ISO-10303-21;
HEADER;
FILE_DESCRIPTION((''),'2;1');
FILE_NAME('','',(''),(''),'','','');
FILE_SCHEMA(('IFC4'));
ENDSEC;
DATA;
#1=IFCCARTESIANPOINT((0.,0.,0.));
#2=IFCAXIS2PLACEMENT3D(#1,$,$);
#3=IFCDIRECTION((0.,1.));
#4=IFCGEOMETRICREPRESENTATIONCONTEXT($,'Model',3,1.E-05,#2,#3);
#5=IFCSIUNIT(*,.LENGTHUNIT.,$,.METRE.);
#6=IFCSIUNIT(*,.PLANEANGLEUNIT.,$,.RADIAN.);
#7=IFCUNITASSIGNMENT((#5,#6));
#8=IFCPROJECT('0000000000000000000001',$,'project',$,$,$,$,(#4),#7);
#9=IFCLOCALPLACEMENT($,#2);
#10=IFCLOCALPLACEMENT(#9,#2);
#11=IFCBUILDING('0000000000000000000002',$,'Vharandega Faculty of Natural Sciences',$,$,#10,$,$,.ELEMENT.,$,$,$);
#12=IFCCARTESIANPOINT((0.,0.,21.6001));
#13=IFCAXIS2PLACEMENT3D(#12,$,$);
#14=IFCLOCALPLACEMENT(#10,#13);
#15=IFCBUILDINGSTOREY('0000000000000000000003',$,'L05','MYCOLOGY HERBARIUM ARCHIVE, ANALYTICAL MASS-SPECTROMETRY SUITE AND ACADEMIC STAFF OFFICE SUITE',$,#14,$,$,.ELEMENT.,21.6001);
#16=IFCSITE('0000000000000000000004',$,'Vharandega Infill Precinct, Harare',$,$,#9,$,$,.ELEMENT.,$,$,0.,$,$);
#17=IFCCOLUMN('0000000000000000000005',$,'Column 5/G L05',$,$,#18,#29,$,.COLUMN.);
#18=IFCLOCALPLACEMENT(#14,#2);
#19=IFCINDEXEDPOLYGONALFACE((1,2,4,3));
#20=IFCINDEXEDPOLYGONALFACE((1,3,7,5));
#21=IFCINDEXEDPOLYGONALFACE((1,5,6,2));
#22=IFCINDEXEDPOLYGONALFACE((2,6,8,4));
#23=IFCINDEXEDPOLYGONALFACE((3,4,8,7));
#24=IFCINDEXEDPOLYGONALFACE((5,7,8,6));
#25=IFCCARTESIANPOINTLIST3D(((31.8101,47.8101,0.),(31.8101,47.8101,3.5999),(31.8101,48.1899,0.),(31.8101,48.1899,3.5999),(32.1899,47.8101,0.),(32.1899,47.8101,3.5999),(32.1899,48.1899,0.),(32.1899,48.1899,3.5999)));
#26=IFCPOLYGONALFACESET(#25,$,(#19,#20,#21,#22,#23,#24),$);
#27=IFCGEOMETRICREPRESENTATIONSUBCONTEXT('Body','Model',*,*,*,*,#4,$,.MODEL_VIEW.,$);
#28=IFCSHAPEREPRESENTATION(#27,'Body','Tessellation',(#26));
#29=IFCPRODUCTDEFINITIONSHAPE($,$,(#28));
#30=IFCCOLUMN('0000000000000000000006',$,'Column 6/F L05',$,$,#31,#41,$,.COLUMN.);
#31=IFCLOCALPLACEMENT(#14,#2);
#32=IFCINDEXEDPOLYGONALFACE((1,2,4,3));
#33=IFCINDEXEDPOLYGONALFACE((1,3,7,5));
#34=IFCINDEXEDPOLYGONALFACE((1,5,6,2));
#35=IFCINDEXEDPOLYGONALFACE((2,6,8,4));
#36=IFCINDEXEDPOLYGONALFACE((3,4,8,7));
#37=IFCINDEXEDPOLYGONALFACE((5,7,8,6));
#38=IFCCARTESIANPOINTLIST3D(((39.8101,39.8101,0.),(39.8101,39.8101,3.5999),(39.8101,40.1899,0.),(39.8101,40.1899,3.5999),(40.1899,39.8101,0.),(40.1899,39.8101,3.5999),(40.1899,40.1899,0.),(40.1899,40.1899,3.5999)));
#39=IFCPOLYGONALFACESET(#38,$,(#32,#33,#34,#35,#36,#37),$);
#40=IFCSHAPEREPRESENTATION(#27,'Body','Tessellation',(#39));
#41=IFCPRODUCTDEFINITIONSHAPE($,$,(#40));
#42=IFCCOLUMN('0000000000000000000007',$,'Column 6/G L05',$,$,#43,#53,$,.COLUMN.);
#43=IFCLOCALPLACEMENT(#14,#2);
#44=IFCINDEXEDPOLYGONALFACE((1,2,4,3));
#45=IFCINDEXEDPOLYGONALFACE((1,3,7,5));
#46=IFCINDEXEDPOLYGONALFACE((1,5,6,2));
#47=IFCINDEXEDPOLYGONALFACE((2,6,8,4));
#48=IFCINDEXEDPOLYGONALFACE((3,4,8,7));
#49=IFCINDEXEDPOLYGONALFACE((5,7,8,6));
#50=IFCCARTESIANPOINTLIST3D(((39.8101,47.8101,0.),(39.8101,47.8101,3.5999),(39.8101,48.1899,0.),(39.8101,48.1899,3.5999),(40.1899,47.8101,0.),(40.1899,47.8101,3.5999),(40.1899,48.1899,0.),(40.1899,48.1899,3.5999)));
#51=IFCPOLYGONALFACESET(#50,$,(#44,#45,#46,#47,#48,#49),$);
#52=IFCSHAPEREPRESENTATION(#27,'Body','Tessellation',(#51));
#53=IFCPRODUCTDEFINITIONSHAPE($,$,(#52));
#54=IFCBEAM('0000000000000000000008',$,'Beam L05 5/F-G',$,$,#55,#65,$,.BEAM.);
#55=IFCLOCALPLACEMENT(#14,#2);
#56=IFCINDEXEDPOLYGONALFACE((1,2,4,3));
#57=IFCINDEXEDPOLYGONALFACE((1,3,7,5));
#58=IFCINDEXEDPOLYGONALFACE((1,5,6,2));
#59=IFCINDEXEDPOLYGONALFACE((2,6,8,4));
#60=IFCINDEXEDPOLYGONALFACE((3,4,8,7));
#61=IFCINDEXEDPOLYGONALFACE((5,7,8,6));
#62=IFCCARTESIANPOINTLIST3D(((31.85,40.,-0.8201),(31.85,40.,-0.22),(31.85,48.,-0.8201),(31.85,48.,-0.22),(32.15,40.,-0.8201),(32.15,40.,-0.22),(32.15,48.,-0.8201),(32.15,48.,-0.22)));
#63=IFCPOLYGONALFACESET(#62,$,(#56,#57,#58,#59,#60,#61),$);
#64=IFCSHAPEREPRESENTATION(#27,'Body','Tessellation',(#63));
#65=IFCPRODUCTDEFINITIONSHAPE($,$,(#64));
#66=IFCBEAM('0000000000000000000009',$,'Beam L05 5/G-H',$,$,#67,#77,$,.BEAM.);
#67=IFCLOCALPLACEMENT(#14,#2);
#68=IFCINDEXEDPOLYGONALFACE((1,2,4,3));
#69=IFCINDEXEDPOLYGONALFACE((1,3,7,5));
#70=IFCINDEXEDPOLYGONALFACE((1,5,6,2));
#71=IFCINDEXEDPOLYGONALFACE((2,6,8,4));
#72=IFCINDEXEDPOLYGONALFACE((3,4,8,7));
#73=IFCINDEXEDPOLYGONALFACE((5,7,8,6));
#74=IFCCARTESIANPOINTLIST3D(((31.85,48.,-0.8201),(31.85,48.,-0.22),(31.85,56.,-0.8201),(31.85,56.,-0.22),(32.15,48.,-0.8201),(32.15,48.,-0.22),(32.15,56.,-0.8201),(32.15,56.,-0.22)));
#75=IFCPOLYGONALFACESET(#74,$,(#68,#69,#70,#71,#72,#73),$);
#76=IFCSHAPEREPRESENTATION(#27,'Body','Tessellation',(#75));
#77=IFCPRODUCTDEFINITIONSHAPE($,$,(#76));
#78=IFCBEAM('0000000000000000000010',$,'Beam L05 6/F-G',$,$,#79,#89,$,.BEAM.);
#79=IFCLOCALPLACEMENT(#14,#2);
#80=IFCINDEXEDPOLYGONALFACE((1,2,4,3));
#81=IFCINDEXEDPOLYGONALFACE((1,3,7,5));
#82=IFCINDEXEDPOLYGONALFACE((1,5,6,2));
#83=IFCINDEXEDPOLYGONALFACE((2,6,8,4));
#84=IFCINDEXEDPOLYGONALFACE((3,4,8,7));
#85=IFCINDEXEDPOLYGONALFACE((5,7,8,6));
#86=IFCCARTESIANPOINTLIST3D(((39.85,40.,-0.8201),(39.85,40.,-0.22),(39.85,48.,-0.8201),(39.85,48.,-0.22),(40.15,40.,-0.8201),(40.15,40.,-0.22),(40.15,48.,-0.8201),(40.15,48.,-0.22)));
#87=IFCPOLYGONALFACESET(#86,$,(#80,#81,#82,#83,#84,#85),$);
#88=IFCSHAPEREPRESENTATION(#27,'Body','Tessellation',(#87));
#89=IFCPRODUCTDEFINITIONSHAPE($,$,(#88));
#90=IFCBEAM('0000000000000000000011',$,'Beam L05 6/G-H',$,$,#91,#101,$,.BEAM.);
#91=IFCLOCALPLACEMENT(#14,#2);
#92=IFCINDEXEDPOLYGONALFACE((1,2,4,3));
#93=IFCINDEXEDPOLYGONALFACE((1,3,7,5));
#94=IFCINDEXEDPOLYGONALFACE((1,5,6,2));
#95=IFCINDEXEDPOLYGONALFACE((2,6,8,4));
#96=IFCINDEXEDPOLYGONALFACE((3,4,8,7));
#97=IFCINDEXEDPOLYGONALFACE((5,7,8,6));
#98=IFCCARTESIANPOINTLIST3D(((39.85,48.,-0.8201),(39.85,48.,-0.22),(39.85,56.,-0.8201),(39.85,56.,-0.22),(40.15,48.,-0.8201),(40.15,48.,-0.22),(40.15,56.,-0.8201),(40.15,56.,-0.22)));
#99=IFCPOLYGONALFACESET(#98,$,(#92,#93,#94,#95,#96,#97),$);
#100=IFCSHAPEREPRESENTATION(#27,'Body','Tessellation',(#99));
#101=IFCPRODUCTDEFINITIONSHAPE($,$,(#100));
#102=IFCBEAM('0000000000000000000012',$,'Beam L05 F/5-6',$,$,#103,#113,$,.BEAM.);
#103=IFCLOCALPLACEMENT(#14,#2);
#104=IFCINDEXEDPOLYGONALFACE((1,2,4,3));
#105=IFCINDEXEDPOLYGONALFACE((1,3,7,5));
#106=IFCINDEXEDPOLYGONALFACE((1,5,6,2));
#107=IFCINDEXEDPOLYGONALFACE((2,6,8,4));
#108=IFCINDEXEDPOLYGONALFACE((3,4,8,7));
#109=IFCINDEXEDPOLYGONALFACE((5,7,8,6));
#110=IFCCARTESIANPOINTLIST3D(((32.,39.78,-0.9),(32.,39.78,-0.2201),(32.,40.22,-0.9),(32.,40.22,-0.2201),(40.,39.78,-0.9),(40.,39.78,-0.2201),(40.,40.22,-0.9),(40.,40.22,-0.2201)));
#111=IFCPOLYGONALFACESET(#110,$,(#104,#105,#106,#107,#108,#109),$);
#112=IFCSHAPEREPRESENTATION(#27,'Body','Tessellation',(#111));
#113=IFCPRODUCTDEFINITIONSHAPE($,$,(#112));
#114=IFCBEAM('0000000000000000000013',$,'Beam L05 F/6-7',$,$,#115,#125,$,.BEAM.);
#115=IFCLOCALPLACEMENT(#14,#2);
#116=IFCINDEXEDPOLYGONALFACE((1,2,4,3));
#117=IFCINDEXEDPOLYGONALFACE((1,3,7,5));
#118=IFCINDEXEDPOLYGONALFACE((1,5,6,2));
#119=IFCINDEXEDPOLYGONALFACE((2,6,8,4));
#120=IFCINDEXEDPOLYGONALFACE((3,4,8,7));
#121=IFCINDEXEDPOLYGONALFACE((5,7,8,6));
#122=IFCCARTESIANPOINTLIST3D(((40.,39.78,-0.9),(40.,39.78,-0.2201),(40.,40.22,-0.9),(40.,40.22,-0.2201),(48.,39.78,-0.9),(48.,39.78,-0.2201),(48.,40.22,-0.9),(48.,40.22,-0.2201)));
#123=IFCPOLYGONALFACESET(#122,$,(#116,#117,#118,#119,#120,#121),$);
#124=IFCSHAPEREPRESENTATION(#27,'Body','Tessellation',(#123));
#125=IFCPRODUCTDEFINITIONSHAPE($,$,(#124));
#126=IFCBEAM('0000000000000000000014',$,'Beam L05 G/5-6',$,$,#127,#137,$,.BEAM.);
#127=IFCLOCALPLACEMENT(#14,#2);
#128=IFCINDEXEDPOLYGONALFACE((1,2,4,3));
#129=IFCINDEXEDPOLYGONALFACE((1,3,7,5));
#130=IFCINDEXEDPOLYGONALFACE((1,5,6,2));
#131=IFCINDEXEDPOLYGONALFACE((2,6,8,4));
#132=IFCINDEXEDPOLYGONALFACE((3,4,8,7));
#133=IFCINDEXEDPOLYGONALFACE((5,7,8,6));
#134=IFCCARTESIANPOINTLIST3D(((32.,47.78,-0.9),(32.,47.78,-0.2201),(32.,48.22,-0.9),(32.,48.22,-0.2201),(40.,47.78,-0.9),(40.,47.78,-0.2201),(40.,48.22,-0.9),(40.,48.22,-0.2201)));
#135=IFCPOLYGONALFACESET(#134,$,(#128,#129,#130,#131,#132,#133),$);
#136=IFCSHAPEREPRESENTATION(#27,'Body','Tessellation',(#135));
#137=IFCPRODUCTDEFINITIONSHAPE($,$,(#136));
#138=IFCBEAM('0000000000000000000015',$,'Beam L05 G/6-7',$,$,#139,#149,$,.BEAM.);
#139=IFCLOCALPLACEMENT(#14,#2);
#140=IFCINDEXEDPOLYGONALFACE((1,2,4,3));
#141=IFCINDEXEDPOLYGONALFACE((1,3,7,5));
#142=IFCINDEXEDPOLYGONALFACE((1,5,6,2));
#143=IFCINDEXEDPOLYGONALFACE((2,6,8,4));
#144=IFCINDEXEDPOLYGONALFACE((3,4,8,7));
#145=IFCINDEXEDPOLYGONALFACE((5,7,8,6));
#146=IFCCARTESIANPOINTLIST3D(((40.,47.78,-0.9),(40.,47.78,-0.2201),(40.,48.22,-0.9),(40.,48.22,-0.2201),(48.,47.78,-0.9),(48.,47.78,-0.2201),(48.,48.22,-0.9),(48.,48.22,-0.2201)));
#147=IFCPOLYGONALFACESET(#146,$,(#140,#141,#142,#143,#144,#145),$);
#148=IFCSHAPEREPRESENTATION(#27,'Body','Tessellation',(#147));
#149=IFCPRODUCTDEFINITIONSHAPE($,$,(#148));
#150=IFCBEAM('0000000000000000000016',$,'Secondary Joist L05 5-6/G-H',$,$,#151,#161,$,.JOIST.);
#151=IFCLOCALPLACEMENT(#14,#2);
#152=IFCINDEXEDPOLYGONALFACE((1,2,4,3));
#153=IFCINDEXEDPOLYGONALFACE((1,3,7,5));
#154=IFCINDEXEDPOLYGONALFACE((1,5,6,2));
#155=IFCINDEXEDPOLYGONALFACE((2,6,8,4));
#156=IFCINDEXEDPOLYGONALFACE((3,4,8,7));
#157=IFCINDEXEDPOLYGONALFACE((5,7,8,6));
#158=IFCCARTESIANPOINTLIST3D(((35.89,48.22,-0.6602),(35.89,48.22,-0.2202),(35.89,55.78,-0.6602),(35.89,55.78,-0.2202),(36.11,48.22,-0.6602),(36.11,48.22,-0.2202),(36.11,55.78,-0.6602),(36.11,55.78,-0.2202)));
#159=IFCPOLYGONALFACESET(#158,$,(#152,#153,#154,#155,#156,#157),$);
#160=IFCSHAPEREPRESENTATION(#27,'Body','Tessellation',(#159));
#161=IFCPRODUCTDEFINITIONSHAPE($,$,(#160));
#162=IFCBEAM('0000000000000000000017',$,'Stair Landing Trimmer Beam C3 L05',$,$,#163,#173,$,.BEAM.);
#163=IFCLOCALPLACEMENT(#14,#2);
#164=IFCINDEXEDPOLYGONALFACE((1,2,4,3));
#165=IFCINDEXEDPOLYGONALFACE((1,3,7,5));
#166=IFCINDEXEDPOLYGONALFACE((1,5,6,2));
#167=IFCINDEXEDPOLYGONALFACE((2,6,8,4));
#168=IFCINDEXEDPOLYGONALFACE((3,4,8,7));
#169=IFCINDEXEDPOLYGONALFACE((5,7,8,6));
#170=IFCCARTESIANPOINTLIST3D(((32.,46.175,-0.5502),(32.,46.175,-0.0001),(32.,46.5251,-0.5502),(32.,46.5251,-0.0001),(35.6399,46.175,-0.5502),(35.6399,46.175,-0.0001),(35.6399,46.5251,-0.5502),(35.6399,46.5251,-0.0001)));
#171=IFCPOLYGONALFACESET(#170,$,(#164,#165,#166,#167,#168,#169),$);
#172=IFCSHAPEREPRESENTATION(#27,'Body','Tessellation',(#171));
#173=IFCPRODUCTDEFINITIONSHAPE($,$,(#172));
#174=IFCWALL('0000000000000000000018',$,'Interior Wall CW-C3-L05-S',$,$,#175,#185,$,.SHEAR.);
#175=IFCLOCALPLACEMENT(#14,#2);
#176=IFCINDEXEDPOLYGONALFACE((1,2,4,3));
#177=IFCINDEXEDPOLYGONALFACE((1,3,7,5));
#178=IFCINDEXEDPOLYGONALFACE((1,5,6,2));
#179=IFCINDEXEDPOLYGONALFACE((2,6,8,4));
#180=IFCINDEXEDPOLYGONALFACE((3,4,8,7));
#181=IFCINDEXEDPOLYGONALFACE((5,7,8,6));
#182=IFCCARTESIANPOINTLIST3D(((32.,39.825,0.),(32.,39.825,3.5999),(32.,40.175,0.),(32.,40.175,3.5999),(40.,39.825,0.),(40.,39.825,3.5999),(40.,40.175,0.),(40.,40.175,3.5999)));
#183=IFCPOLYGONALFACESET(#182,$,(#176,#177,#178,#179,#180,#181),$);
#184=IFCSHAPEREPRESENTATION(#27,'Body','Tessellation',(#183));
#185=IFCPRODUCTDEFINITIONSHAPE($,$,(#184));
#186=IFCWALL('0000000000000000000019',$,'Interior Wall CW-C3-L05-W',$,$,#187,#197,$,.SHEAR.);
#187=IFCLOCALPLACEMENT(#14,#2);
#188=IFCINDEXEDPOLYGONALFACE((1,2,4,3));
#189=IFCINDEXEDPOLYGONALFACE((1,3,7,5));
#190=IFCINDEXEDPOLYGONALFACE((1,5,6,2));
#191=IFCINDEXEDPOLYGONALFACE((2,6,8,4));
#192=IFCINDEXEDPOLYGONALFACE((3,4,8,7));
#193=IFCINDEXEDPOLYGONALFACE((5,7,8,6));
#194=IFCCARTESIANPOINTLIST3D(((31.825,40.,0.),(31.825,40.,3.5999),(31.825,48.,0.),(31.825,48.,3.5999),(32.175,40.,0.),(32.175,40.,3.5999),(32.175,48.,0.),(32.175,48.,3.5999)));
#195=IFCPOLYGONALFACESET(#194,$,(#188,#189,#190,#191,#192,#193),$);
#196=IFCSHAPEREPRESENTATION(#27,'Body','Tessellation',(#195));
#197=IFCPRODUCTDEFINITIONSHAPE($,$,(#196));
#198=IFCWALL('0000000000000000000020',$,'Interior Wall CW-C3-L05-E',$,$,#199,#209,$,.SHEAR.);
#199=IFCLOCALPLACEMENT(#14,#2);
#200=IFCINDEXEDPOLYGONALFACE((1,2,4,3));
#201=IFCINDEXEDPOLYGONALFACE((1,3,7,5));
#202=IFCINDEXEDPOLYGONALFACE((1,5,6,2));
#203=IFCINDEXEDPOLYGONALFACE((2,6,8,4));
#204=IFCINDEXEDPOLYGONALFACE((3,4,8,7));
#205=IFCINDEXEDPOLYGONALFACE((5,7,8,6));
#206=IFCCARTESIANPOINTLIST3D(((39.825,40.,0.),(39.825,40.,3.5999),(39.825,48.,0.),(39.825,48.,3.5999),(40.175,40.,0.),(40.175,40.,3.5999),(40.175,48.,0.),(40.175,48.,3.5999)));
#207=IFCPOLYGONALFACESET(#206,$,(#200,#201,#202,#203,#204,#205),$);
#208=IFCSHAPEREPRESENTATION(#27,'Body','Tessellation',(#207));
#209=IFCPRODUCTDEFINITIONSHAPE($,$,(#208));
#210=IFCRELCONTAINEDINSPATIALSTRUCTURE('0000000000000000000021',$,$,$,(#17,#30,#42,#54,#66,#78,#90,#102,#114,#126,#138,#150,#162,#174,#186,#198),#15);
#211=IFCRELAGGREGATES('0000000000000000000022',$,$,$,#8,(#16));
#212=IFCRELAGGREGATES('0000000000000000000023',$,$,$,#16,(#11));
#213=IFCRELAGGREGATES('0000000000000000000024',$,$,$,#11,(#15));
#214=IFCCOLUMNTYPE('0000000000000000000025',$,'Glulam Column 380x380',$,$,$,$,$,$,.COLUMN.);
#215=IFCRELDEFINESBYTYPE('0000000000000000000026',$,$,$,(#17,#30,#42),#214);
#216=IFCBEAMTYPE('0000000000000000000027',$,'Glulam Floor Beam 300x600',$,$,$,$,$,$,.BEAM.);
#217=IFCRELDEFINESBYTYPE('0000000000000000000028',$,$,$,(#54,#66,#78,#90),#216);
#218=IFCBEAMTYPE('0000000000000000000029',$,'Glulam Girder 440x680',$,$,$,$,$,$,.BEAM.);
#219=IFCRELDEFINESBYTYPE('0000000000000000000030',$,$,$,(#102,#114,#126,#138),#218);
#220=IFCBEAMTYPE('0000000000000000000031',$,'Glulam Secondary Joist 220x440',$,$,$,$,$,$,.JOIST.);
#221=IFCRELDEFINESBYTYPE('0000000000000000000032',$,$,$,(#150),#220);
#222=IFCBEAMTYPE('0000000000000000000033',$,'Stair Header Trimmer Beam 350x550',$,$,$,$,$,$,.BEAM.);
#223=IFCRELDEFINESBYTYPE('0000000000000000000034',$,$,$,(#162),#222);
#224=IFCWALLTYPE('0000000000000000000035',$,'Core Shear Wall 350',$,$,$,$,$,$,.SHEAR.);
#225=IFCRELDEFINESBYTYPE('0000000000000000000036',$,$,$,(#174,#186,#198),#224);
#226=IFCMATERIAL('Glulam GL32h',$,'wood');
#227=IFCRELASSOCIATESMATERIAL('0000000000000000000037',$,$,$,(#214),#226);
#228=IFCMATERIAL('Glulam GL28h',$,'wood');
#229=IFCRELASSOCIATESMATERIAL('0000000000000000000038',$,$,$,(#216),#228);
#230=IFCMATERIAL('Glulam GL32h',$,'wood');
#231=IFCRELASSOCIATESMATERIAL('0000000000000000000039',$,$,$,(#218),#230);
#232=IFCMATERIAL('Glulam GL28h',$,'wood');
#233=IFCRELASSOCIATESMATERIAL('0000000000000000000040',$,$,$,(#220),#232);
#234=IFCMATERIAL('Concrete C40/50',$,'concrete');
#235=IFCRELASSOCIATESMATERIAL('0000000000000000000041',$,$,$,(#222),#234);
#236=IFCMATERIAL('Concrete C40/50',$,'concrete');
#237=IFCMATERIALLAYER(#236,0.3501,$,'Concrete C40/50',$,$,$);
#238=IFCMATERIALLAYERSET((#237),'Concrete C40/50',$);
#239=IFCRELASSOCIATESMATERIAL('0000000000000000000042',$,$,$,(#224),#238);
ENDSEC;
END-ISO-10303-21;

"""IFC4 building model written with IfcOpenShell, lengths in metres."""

from ifc_helpers import new_model, si_unit, direction, frame, frame_2d, origin, origin_2d, place, context, subcontext, project, spatial, rectangle, extrude, material, layer, layer_set, material_profile, profile_set, type_object, element, save


model = new_model("IFC4")

# Units and contexts
model_context = context("Model", 3, precision=1e-05, world=origin(), true_north=direction((0.0, 1.0)))
body_context = subcontext(model_context, "Body", "Model", "MODEL_VIEW")
ifc_project = project(units=[si_unit("LENGTHUNIT", "METRE"), si_unit("PLANEANGLEUNIT", "RADIAN")], contexts=[model_context])

# Site, building, storey
site_placement = place(None, origin())
site = spatial("IfcSite", under=ifc_project, at=site_placement, Name="Vharandega Infill Precinct, Harare", CompositionType="ELEMENT", RefElevation=0.0)
building_placement = place(site_placement, origin())
building = spatial("IfcBuilding", under=site, at=building_placement, Name="Vharandega Faculty of Natural Sciences", CompositionType="ELEMENT")
storey_placement = place(building_placement, frame((0.0, 0.0, 21.6001)))
storey = spatial("IfcBuildingStorey", under=building, at=storey_placement, Name="L05", Description="MYCOLOGY HERBARIUM ARCHIVE, ANALYTICAL MASS-SPECTROMETRY SUITE AND ACADEMIC STAFF OFFICE SUITE", CompositionType="ELEMENT", Elevation=21.6001)

# Columns
ifc_material_1 = material(Name="Glulam GL32h", Category="wood")
ifc_material_profile_1 = material_profile(ifc_material_1, rectangle(XDim=0.3799, YDim=0.3799, at=origin_2d()), Name="GL32h 380x380")
ifc_profile_set_1 = profile_set([ifc_material_profile_1], Name="Glulam GL32h")
column_type = type_object("IfcColumnType", Name="Glulam Column 380x380", PredefinedType="COLUMN", material=ifc_profile_set_1)
for number, where, z_axis, x_axis, name in (
    (1, (32.0, 48.0, 0.0), (0.0, 0.0, 1.0), (1.0, 0.0, 0.0), "Column 5/G L05"),
    (2, (40.0, 40.0, 0.0), (0.0, 0.0, 1.0), (1.0, 0.0, 0.0), "Column 6/F L05"),
    (3, (40.0, 48.0, 0.0), (0.0, 0.0, 1.0), (1.0, 0.0, 0.0), "Column 6/G L05"),
):
    element("IfcColumn", number, at=place(storey_placement, frame(where, z_axis=z_axis, x_axis=x_axis)), inside=storey, type_object=column_type, Name=name, PredefinedType="COLUMN", context=body_context, shape_type="SweptSolid", body=[
        extrude(rectangle(XDim=0.3799, YDim=0.3799, at=origin_2d()), origin(), (0.0, 0.0, 1.0), 3.5999),
    ])

# Beams
ifc_material_2 = material(Name="Glulam GL28h", Category="wood")
ifc_material_profile_2 = material_profile(ifc_material_2, rectangle(XDim=0.3, YDim=0.6001, at=origin_2d()), Name="GL28h 300x600")
ifc_profile_set_2 = profile_set([ifc_material_profile_2], Name="Glulam GL28h")
beam_type_1 = type_object("IfcBeamType", Name="Glulam Floor Beam 300x600", PredefinedType="BEAM", material=ifc_profile_set_2)
for number, where, z_axis, x_axis, name in (
    (4, (32.0, 40.0, -0.52), (0.0, 1.0, 0.0), (-1.0, 0.0, 0.0), "Beam L05 5/F-G"),
    (5, (32.0, 48.0, -0.52), (0.0, 1.0, 0.0), (-1.0, 0.0, 0.0), "Beam L05 5/G-H"),
    (6, (40.0, 40.0, -0.52), (0.0, 1.0, 0.0), (-1.0, 0.0, 0.0), "Beam L05 6/F-G"),
    (7, (40.0, 48.0, -0.52), (0.0, 1.0, 0.0), (-1.0, 0.0, 0.0), "Beam L05 6/G-H"),
):
    element("IfcBeam", number, at=place(storey_placement, frame(where, z_axis=z_axis, x_axis=x_axis)), inside=storey, type_object=beam_type_1, Name=name, PredefinedType="BEAM", context=body_context, shape_type="SweptSolid", body=[
        extrude(rectangle(XDim=0.3, YDim=0.6001, at=origin_2d()), origin(), (0.0, 0.0, 1.0), 8.0),
    ])
ifc_material_3 = material(Name="Glulam GL32h", Category="wood")
ifc_material_profile_3 = material_profile(ifc_material_3, rectangle(XDim=0.4399, YDim=0.6799, at=origin_2d()), Name="GL32h 440x680")
ifc_profile_set_3 = profile_set([ifc_material_profile_3], Name="Glulam GL32h")
beam_type_2 = type_object("IfcBeamType", Name="Glulam Girder 440x680", PredefinedType="BEAM", material=ifc_profile_set_3)
for number, where, z_axis, x_axis, name in (
    (8, (32.0, 40.0, -0.5601), (1.0, 0.0, 0.0), (0.0, 1.0, 0.0), "Beam L05 F/5-6"),
    (9, (40.0, 40.0, -0.5601), (1.0, 0.0, 0.0), (0.0, 1.0, 0.0), "Beam L05 F/6-7"),
    (10, (32.0, 48.0, -0.5601), (1.0, 0.0, 0.0), (0.0, 1.0, 0.0), "Beam L05 G/5-6"),
    (11, (40.0, 48.0, -0.5601), (1.0, 0.0, 0.0), (0.0, 1.0, 0.0), "Beam L05 G/6-7"),
):
    element("IfcBeam", number, at=place(storey_placement, frame(where, z_axis=z_axis, x_axis=x_axis)), inside=storey, type_object=beam_type_2, Name=name, PredefinedType="BEAM", context=body_context, shape_type="SweptSolid", body=[
        extrude(rectangle(XDim=0.4399, YDim=0.6799, at=origin_2d()), origin(), (0.0, 0.0, 1.0), 8.0),
    ])
ifc_material_4 = material(Name="Glulam GL28h", Category="wood")
ifc_material_profile_4 = material_profile(ifc_material_4, rectangle(XDim=0.22, YDim=0.4399, at=origin_2d()), Name="GL28h 220x440")
ifc_profile_set_4 = profile_set([ifc_material_profile_4], Name="Glulam GL28h")
beam_type_3 = type_object("IfcBeamType", Name="Glulam Secondary Joist 220x440", PredefinedType="JOIST", material=ifc_profile_set_4)
beam_1_placement = place(storey_placement, frame((36.0, 48.22, -0.4402), z_axis=(0.0, 1.0, 0.0), x_axis=(-1.0, 0.0, 0.0)))
element("IfcBeam", 12, at=beam_1_placement, inside=storey, type_object=beam_type_3, Name="Secondary Joist L05 5-6/G-H", PredefinedType="JOIST", context=body_context, shape_type="SweptSolid", body=[
    extrude(rectangle(XDim=0.22, YDim=0.4399, at=origin_2d()), origin(), (0.0, 0.0, 1.0), 7.5601),
])
ifc_material_5 = material(Name="Concrete C40/50", Category="concrete")
ifc_material_profile_5 = material_profile(ifc_material_5, rectangle(XDim=0.3501, YDim=0.55, at=origin_2d()), Name="RC 350x550")
ifc_profile_set_5 = profile_set([ifc_material_profile_5], Name="Concrete C40/50")
beam_type_4 = type_object("IfcBeamType", Name="Stair Header Trimmer Beam 350x550", PredefinedType="BEAM", material=ifc_profile_set_5)
beam_2_placement = place(storey_placement, frame((32.0, 46.3501, -0.2751), z_axis=(1.0, 0.0, 0.0), x_axis=(0.0, 1.0, 0.0)))
element("IfcBeam", 13, at=beam_2_placement, inside=storey, type_object=beam_type_4, Name="Stair Landing Trimmer Beam C3 L05", PredefinedType="BEAM", context=body_context, shape_type="SweptSolid", body=[
    extrude(rectangle(XDim=0.3501, YDim=0.55, at=origin_2d()), origin(), (0.0, 0.0, 1.0), 3.6399),
])

# Walls
ifc_material_6 = material(Name="Concrete C40/50", Category="concrete")
ifc_layer_1 = layer(ifc_material_6, 0.3501, Name="Concrete C40/50")
ifc_layer_set_1 = layer_set([ifc_layer_1], Name="Concrete C40/50")
wall_type_1 = type_object("IfcWallType", Name="Core Shear Wall 350", PredefinedType="SHEAR", material=ifc_layer_set_1)
for number, where, z_axis, x_axis, name in (
    (14, (32.0, 40.0, 0.0), (0.0, 0.0, 1.0), (1.0, 0.0, 0.0), "Interior Wall CW-C3-L05-S"),
    (15, (32.0, 40.0, 0.0), (0.0, 0.0, 1.0), (0.0, 1.0, 0.0), "Interior Wall CW-C3-L05-W"),
    (16, (40.0, 40.0, 0.0), (0.0, 0.0, 1.0), (0.0, 1.0, 0.0), "Interior Wall CW-C3-L05-E"),
):
    element("IfcWall", number, at=place(storey_placement, frame(where, z_axis=z_axis, x_axis=x_axis)), inside=storey, type_object=wall_type_1, Name=name, PredefinedType="SHEAR", context=body_context, shape_type="SweptSolid", body=[
        extrude(rectangle(XDim=8.0, YDim=0.3501, at=frame_2d((4.0, 0.0))), origin(), (0.0, 0.0, 1.0), 3.5999),
    ])

save(model, "model.ifc")
